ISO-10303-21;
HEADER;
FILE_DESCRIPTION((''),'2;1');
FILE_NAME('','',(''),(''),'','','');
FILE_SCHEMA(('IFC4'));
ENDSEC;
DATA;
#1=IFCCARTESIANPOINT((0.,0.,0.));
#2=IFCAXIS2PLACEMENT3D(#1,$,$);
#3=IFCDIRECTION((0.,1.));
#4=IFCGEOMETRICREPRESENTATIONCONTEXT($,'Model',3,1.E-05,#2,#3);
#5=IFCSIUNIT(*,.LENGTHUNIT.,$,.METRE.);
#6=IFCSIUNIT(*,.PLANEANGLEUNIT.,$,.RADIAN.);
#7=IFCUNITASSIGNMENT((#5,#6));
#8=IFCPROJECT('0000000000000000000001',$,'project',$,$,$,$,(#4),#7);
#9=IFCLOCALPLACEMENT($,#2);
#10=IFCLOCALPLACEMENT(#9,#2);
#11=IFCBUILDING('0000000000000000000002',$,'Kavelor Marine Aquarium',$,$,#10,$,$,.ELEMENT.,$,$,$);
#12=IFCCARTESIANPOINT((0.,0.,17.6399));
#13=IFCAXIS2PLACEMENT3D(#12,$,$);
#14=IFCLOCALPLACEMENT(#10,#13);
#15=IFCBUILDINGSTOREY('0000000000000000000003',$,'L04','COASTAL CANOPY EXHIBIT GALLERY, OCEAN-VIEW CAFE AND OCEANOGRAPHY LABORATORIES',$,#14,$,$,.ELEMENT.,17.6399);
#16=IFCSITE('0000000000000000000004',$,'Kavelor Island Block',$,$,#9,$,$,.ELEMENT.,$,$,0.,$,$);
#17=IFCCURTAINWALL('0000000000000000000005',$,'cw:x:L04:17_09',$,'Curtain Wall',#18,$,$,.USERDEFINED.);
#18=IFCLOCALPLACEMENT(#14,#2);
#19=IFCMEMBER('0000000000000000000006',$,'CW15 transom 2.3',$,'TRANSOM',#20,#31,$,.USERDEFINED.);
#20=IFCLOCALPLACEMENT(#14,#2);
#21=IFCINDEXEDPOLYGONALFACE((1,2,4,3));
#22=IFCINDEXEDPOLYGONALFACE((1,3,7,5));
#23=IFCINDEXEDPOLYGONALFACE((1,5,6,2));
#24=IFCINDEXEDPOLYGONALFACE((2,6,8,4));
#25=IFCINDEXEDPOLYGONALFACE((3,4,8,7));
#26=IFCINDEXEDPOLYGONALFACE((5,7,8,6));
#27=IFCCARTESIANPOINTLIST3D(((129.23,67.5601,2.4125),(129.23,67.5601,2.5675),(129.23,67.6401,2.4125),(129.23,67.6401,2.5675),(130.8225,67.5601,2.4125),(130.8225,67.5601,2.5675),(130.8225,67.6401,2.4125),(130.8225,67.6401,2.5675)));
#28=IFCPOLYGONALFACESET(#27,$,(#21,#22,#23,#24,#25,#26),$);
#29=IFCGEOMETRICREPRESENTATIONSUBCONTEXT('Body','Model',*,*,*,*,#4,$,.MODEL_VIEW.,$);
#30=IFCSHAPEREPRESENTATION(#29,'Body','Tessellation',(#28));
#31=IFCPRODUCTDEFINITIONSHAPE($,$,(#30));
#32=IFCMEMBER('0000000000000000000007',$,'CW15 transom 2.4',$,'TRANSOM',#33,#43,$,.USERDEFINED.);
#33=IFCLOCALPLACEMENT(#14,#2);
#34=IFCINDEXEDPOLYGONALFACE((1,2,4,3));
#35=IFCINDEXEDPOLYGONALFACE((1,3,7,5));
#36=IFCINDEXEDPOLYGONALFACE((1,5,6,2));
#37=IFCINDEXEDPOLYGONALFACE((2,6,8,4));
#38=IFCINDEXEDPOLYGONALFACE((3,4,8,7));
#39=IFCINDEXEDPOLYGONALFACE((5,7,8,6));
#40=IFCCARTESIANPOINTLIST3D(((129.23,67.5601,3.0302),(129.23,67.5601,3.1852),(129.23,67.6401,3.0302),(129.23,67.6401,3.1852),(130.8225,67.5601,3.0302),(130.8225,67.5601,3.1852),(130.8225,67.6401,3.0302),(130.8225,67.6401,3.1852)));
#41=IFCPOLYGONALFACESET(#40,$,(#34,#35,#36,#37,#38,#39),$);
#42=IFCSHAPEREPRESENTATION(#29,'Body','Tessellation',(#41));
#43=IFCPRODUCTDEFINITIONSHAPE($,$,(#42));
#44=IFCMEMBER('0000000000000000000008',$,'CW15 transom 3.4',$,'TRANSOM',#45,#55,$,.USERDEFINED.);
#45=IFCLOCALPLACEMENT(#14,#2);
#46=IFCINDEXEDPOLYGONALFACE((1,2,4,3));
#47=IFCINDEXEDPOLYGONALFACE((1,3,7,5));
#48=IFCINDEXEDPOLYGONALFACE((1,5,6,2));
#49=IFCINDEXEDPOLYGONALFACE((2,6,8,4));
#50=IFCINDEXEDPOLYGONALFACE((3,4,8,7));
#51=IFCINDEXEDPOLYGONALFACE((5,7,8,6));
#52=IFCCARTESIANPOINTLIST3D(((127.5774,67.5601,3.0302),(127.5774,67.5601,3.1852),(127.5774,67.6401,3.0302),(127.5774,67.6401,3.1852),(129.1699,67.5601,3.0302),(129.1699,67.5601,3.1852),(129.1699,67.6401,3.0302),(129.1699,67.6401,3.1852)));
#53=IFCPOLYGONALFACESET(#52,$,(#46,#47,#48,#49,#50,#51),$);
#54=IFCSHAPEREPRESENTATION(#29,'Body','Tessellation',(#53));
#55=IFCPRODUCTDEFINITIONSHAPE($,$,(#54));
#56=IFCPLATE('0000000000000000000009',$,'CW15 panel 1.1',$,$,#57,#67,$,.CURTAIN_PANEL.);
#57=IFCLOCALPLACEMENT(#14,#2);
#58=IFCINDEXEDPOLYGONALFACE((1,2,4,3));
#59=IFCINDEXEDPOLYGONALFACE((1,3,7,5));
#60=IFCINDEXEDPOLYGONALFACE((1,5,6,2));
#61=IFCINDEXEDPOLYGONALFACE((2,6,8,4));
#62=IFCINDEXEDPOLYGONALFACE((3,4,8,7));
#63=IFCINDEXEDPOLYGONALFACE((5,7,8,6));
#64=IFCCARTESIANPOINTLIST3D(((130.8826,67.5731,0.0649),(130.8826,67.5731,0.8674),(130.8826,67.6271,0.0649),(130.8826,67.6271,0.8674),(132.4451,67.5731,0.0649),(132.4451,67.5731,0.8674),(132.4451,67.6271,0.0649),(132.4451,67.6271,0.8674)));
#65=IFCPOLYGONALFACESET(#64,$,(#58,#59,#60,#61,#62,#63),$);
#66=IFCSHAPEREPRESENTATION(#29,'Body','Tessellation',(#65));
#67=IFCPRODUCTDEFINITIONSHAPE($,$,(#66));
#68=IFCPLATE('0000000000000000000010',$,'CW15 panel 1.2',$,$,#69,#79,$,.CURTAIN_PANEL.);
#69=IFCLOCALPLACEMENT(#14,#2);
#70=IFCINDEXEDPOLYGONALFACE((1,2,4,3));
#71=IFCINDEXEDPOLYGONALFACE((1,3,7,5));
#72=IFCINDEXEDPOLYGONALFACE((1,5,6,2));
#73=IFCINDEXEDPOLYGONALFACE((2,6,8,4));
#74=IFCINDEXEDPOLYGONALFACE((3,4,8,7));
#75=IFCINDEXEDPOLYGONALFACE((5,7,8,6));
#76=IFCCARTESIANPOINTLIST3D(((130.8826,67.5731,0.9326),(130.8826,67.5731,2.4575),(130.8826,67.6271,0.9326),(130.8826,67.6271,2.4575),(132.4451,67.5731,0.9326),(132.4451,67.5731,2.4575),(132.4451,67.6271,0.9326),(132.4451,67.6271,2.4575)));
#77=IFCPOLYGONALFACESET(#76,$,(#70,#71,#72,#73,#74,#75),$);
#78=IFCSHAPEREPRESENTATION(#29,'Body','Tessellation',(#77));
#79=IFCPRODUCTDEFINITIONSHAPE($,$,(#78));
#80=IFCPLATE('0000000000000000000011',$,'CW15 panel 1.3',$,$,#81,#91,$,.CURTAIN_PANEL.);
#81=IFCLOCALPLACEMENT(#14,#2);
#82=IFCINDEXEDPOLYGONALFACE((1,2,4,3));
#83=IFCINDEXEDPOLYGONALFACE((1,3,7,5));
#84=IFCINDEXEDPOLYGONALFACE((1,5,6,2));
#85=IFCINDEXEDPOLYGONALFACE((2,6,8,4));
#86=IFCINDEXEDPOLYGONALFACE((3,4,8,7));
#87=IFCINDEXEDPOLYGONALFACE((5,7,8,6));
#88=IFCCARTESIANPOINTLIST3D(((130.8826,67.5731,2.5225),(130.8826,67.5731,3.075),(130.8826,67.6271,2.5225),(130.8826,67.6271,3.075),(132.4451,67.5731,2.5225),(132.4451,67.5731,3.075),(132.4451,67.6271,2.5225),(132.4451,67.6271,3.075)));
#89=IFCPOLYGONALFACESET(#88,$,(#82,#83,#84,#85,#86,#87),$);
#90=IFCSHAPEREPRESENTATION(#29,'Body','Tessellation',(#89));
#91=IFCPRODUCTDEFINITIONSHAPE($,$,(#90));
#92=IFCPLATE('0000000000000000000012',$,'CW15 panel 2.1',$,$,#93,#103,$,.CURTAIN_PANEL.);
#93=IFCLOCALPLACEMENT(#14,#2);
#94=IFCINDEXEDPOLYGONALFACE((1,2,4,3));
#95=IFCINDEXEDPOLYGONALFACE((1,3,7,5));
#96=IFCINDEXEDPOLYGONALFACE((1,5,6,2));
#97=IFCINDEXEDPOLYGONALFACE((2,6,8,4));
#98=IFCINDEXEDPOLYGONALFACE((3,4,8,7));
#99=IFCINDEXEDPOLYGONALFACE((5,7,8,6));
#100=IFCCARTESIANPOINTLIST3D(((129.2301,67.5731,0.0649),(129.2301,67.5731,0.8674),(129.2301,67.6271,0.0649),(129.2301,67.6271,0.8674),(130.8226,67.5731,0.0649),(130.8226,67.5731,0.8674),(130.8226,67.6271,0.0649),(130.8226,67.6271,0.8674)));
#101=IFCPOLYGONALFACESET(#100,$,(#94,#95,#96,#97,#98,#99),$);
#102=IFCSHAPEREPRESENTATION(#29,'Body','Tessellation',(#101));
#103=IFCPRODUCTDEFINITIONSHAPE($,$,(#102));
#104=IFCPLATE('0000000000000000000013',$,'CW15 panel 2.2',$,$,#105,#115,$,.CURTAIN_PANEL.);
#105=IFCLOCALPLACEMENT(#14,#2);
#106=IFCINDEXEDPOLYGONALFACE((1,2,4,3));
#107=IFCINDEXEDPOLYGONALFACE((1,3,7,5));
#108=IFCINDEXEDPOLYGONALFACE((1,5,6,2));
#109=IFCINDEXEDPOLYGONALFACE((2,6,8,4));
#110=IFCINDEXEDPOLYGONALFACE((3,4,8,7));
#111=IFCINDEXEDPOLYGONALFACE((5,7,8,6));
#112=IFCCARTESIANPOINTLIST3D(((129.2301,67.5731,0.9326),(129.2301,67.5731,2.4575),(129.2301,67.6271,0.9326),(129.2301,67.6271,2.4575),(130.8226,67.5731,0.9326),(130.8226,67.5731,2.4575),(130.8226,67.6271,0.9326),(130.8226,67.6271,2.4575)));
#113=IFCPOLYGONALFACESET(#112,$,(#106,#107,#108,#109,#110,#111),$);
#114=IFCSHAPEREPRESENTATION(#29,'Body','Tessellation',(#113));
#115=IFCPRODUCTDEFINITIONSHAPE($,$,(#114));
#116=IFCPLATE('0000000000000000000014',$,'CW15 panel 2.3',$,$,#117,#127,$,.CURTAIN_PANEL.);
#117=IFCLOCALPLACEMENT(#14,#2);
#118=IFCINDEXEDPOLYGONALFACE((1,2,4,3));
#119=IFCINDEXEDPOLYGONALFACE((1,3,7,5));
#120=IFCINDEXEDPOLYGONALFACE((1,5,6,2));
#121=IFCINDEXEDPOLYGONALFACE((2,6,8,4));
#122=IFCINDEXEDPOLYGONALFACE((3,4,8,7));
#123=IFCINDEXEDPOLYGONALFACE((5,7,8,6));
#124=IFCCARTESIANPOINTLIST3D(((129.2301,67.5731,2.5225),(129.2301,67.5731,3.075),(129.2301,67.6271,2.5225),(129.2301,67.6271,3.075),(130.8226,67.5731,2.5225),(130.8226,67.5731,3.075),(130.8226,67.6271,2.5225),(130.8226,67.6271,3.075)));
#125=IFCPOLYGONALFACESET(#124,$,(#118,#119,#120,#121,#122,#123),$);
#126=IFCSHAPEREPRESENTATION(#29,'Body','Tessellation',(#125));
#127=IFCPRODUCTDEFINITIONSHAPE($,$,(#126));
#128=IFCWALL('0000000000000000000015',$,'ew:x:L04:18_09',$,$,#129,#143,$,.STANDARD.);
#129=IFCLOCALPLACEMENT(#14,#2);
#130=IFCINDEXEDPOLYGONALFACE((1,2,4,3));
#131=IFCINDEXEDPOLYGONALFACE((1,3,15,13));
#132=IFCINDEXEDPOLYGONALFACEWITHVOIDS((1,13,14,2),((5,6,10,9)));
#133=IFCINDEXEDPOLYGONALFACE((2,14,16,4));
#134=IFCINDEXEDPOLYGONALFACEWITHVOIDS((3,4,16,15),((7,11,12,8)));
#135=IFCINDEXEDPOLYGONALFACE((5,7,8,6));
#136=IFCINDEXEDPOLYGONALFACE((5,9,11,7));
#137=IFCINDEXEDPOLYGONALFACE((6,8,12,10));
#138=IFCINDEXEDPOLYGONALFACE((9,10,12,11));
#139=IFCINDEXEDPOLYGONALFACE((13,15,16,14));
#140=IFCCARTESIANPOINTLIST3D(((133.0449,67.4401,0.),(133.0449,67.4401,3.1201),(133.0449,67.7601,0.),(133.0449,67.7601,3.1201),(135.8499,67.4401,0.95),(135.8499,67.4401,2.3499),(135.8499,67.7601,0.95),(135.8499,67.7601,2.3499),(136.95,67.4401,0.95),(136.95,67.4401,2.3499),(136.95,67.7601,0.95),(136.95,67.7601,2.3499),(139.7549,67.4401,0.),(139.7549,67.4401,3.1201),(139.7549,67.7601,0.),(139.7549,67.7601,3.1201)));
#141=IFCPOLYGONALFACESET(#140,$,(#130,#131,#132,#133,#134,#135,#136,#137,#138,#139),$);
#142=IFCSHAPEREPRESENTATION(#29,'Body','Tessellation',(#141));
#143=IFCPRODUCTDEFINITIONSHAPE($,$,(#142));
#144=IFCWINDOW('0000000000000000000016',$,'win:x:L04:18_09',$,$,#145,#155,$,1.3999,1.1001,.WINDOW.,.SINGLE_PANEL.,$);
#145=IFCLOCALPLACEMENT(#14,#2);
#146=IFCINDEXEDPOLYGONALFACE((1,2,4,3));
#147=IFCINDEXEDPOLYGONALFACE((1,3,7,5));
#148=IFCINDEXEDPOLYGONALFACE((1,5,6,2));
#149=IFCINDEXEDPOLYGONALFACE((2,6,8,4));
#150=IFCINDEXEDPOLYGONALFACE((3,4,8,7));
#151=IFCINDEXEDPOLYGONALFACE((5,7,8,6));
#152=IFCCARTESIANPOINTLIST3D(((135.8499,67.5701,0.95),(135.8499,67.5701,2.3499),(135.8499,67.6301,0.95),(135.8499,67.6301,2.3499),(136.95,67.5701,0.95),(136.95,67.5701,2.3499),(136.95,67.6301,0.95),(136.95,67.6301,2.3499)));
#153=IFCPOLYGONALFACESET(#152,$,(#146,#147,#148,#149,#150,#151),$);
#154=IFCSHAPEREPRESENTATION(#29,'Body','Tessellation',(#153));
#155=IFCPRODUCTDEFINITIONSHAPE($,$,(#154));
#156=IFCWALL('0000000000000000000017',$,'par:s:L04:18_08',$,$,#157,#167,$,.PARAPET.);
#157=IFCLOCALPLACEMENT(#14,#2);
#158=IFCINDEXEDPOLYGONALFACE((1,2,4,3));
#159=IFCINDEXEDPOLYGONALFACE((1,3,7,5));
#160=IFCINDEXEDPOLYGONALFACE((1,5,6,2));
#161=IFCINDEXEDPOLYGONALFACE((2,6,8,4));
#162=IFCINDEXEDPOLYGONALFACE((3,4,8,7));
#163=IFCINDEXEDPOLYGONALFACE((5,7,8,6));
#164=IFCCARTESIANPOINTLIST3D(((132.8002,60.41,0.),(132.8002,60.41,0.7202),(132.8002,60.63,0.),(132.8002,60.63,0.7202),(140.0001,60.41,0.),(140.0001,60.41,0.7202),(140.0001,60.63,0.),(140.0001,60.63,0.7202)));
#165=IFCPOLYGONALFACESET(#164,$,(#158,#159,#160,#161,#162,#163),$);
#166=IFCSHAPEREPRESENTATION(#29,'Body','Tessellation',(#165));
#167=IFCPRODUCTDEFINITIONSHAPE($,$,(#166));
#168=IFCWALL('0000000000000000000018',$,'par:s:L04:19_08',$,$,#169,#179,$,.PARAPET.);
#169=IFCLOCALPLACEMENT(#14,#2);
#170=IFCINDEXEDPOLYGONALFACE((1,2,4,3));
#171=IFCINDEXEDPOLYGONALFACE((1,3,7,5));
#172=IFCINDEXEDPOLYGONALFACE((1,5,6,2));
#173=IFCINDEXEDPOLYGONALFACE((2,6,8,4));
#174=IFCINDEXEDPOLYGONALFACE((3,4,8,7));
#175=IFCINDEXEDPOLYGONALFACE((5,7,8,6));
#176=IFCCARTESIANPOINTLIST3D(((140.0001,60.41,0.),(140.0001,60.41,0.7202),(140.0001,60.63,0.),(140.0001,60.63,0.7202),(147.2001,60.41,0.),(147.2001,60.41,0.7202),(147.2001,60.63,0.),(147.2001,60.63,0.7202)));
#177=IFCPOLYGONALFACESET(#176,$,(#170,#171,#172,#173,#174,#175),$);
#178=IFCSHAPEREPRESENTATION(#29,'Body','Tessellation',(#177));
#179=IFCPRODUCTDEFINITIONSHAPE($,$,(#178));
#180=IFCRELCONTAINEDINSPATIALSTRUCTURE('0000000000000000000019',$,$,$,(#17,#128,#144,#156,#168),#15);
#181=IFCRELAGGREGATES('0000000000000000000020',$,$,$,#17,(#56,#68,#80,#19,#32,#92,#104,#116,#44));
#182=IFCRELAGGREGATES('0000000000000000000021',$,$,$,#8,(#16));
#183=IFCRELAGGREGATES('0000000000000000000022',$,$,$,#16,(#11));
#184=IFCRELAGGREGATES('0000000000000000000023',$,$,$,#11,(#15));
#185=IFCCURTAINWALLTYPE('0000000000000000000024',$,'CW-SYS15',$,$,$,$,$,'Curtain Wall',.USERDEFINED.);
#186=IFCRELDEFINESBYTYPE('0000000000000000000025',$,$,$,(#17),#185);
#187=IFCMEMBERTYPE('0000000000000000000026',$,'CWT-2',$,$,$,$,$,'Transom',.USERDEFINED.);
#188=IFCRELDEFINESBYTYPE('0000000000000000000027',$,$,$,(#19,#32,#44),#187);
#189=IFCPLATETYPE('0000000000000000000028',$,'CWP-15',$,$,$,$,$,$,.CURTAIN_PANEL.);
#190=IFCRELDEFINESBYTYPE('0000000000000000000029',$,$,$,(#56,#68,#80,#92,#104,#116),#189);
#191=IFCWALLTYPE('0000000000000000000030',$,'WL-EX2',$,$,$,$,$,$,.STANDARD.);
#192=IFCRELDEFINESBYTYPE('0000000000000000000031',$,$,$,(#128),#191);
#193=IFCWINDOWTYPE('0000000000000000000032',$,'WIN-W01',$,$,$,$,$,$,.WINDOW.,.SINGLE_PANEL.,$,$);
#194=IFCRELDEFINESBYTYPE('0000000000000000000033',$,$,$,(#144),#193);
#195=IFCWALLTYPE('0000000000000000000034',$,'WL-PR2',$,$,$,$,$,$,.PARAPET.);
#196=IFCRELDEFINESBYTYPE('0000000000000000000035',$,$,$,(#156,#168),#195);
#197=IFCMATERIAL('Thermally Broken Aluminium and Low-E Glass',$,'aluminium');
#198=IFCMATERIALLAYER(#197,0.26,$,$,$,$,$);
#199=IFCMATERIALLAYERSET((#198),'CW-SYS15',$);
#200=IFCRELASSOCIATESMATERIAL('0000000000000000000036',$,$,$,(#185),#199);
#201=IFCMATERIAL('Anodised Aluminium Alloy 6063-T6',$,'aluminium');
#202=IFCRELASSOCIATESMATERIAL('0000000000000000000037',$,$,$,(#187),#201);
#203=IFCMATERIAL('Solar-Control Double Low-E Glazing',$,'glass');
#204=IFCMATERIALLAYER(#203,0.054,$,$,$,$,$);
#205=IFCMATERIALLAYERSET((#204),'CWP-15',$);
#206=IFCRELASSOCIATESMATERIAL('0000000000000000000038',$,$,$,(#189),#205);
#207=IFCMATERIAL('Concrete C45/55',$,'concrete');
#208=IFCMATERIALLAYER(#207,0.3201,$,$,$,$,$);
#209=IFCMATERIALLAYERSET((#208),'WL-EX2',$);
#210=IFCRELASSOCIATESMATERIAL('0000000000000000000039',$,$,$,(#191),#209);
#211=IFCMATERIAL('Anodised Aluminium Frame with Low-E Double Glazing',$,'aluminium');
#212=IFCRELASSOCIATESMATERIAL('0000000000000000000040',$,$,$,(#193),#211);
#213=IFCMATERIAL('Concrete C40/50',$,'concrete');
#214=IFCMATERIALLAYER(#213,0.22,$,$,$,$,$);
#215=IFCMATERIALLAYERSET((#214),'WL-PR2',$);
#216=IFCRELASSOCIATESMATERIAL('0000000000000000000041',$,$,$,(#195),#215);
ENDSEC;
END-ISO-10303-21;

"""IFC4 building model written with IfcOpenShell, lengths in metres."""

from ifc_helpers import new_model, si_unit, direction, frame, frame_2d, origin, origin_2d, place, context, subcontext, project, spatial, rectangle, extrude, material, layer, layer_set, material_profile, profile_set, type_object, element, fill, aggregate, save


model = new_model("IFC4")

# Units and contexts
model_context = context("Model", 3, precision=1e-05, world=origin(), true_north=direction((0.0, 1.0)))
body_context = subcontext(model_context, "Body", "Model", "MODEL_VIEW")
ifc_project = project(units=[si_unit("LENGTHUNIT", "METRE"), si_unit("PLANEANGLEUNIT", "RADIAN")], contexts=[model_context])

# Site, building, storey
site_placement = place(None, origin())
site = spatial("IfcSite", under=ifc_project, at=site_placement, Name="Kavelor Island Block", CompositionType="ELEMENT", RefElevation=0.0)
building_placement = place(site_placement, origin())
building = spatial("IfcBuilding", under=site, at=building_placement, Name="Kavelor Marine Aquarium", CompositionType="ELEMENT")
storey_placement = place(building_placement, frame((0.0, 0.0, 17.6399)))
storey = spatial("IfcBuildingStorey", under=building, at=storey_placement, Name="L04", Description="COASTAL CANOPY EXHIBIT GALLERY, OCEAN-VIEW CAFE AND OCEANOGRAPHY LABORATORIES", CompositionType="ELEMENT", Elevation=17.6399)

# Curtain wall, members, plates
ifc_material_1 = material(Name="Thermally Broken Aluminium and Low-E Glass", Category="aluminium")
ifc_layer_1 = layer(ifc_material_1, 0.26)
ifc_layer_set_1 = layer_set([ifc_layer_1], Name="CW-SYS15")
curtain_wall_type = type_object("IfcCurtainWallType", Name="CW-SYS15", ElementType="Curtain Wall", PredefinedType="USERDEFINED", material=ifc_layer_set_1)
curtain_wall_placement = place(storey_placement, origin())
curtain_wall = element("IfcCurtainWall", 1, at=curtain_wall_placement, inside=storey, type_object=curtain_wall_type, Name="cw:x:L04:17_09", ObjectType="Curtain Wall", PredefinedType="USERDEFINED")
ifc_material_2 = material(Name="Anodised Aluminium Alloy 6063-T6", Category="aluminium")
ifc_material_profile_1 = material_profile(ifc_material_2, rectangle(XDim=0.0801, YDim=0.155, at=origin_2d()), Name="CW-TRN 80x155")
ifc_profile_set_1 = profile_set([ifc_material_profile_1], Name="Anodised Aluminium Alloy 6063-T6")
member_type_1 = type_object("IfcMemberType", Name="CWT-2", ElementType="Transom", PredefinedType="USERDEFINED", material=ifc_profile_set_1)
member_1_placement = place(storey_placement, frame((130.8225, 67.6001, 2.49), z_axis=(-1.0, 0.0, 0.0), x_axis=(0.0, -1.0, 0.0)))
member_1 = element("IfcMember", 2, at=member_1_placement, type_object=member_type_1, Name="CW15 transom 2.3", ObjectType="TRANSOM", PredefinedType="USERDEFINED", context=body_context, shape_type="SweptSolid", body=[
    extrude(rectangle(XDim=0.0801, YDim=0.155, at=origin_2d()), origin(), (0.0, 0.0, 1.0), 1.5925),
])
member_2_placement = place(storey_placement, frame((130.8225, 67.6001, 3.1077), z_axis=(-1.0, 0.0, 0.0), x_axis=(0.0, -1.0, 0.0)))
member_2 = element("IfcMember", 3, at=member_2_placement, type_object=member_type_1, Name="CW15 transom 2.4", ObjectType="TRANSOM", PredefinedType="USERDEFINED", context=body_context, shape_type="SweptSolid", body=[
    extrude(rectangle(XDim=0.0801, YDim=0.155, at=origin_2d()), origin(), (0.0, 0.0, 1.0), 1.5925),
])
member_3_placement = place(storey_placement, frame((129.1699, 67.6001, 3.1077), z_axis=(-1.0, 0.0, 0.0), x_axis=(0.0, -1.0, 0.0)))
member_3 = element("IfcMember", 4, at=member_3_placement, type_object=member_type_1, Name="CW15 transom 3.4", ObjectType="TRANSOM", PredefinedType="USERDEFINED", context=body_context, shape_type="SweptSolid", body=[
    extrude(rectangle(XDim=0.0801, YDim=0.155, at=origin_2d()), origin(), (0.0, 0.0, 1.0), 1.5925),
])
ifc_material_3 = material(Name="Solar-Control Double Low-E Glazing", Category="glass")
ifc_layer_2 = layer(ifc_material_3, 0.054)
ifc_layer_set_2 = layer_set([ifc_layer_2], Name="CWP-15")
plate_type = type_object("IfcPlateType", Name="CWP-15", PredefinedType="CURTAIN_PANEL", material=ifc_layer_set_2)
plate_1_placement = place(storey_placement, frame((131.6638, 67.6001, 0.0649), z_axis=(0.0, 0.0, 1.0), x_axis=(-1.0, 0.0, 0.0)))
plate_1 = element("IfcPlate", 5, at=plate_1_placement, type_object=plate_type, Name="CW15 panel 1.1", PredefinedType="CURTAIN_PANEL", context=body_context, shape_type="SweptSolid", body=[
    extrude(rectangle(XDim=1.5625, YDim=0.054, at=origin_2d()), origin(), (0.0, 0.0, 1.0), 0.8025),
])
plate_2_placement = place(storey_placement, frame((131.6638, 67.6001, 0.9326), z_axis=(0.0, 0.0, 1.0), x_axis=(-1.0, 0.0, 0.0)))
plate_2 = element("IfcPlate", 6, at=plate_2_placement, type_object=plate_type, Name="CW15 panel 1.2", PredefinedType="CURTAIN_PANEL", context=body_context, shape_type="SweptSolid", body=[
    extrude(rectangle(XDim=1.5625, YDim=0.054, at=origin_2d()), origin(), (0.0, 0.0, 1.0), 1.5249),
])
plate_3_placement = place(storey_placement, frame((131.6638, 67.6001, 2.5225), z_axis=(0.0, 0.0, 1.0), x_axis=(-1.0, 0.0, 0.0)))
plate_3 = element("IfcPlate", 7, at=plate_3_placement, type_object=plate_type, Name="CW15 panel 1.3", PredefinedType="CURTAIN_PANEL", context=body_context, shape_type="SweptSolid", body=[
    extrude(rectangle(XDim=1.5625, YDim=0.054, at=origin_2d()), origin(), (0.0, 0.0, 1.0), 0.5525),
])
plate_4_placement = place(storey_placement, frame((130.0264, 67.6001, 0.0649), z_axis=(0.0, 0.0, 1.0), x_axis=(-1.0, 0.0, 0.0)))
plate_4 = element("IfcPlate", 8, at=plate_4_placement, type_object=plate_type, Name="CW15 panel 2.1", PredefinedType="CURTAIN_PANEL", context=body_context, shape_type="SweptSolid", body=[
    extrude(rectangle(XDim=1.5925, YDim=0.054, at=origin_2d()), origin(), (0.0, 0.0, 1.0), 0.8025),
])
plate_5_placement = place(storey_placement, frame((130.0264, 67.6001, 0.9326), z_axis=(0.0, 0.0, 1.0), x_axis=(-1.0, 0.0, 0.0)))
plate_5 = element("IfcPlate", 9, at=plate_5_placement, type_object=plate_type, Name="CW15 panel 2.2", PredefinedType="CURTAIN_PANEL", context=body_context, shape_type="SweptSolid", body=[
    extrude(rectangle(XDim=1.5925, YDim=0.054, at=origin_2d()), origin(), (0.0, 0.0, 1.0), 1.5249),
])
plate_6_placement = place(storey_placement, frame((130.0264, 67.6001, 2.5225), z_axis=(0.0, 0.0, 1.0), x_axis=(-1.0, 0.0, 0.0)))
plate_6 = element("IfcPlate", 10, at=plate_6_placement, type_object=plate_type, Name="CW15 panel 2.3", PredefinedType="CURTAIN_PANEL", context=body_context, shape_type="SweptSolid", body=[
    extrude(rectangle(XDim=1.5925, YDim=0.054, at=origin_2d()), origin(), (0.0, 0.0, 1.0), 0.5525),
])
aggregate(curtain_wall, [plate_1, plate_2, plate_3, member_1, member_2, plate_4, plate_5, plate_6, member_3])

# Wall, opening, window
ifc_material_4 = material(Name="Concrete C45/55", Category="concrete")
ifc_layer_3 = layer(ifc_material_4, 0.3201)
ifc_layer_set_3 = layer_set([ifc_layer_3], Name="WL-EX2")
wall_type_1 = type_object("IfcWallType", Name="WL-EX2", PredefinedType="STANDARD", material=ifc_layer_set_3)
wall_1_placement = place(storey_placement, frame((139.7549, 67.6001, 0.0), z_axis=(0.0, 0.0, 1.0), x_axis=(-1.0, 0.0, 0.0)))
wall_1 = element("IfcWall", 11, at=wall_1_placement, inside=storey, type_object=wall_type_1, Name="ew:x:L04:18_09", PredefinedType="STANDARD", context=body_context, shape_type="SweptSolid", body=[
    extrude(rectangle(XDim=6.71, YDim=0.3201, at=frame_2d((3.355, 0.0))), origin(), (0.0, 0.0, 1.0), 3.1201),
])
opening_1_placement = place(wall_1_placement, frame((2.8049, 0.0, 0.95)))
opening_1 = element("IfcOpeningElement", 12, at=opening_1_placement, cuts=wall_1, PredefinedType="OPENING", context=body_context, shape_type="SweptSolid", body=[
    extrude(rectangle(XDim=1.1001, YDim=1.3999, at=frame_2d((0.55, 0.7))), frame((0.0, 0.1699, 0.0), z_axis=(0.0, -1.0, 0.0), x_axis=(1.0, 0.0, 0.0)), (0.0, 0.0, 1.0), 0.3401),
])
ifc_material_5 = material(Name="Anodised Aluminium Frame with Low-E Double Glazing", Category="aluminium")
window_type = type_object("IfcWindowType", Name="WIN-W01", PartitioningType="SINGLE_PANEL", PredefinedType="WINDOW", material=ifc_material_5)
window_placement = place(opening_1_placement, origin())
window = element("IfcWindow", 13, at=window_placement, inside=storey, type_object=window_type, Name="win:x:L04:18_09", OverallHeight=1.3999, OverallWidth=1.1001, PartitioningType="SINGLE_PANEL", PredefinedType="WINDOW", context=body_context, shape_type="SweptSolid", body=[
    extrude(rectangle(XDim=1.1001, YDim=1.3999, at=frame_2d((0.55, 0.7))), frame((0.0, 0.03, 0.0), z_axis=(0.0, -1.0, 0.0), x_axis=(1.0, 0.0, 0.0)), (0.0, 0.0, 1.0), 0.0601),
])
fill(opening_1, window)

# Walls
ifc_material_6 = material(Name="Concrete C40/50", Category="concrete")
ifc_layer_4 = layer(ifc_material_6, 0.22)
ifc_layer_set_4 = layer_set([ifc_layer_4], Name="WL-PR2")
wall_type_2 = type_object("IfcWallType", Name="WL-PR2", PredefinedType="PARAPET", material=ifc_layer_set_4)
for number, where, z_axis, x_axis, name in (
    (14, (132.8, 60.52, 0.0), (0.0, 0.0, 1.0), (1.0, 0.0, 0.0), "par:s:L04:18_08"),
    (15, (140.0, 60.52, 0.0), (0.0, 0.0, 1.0), (1.0, 0.0, 0.0), "par:s:L04:19_08"),
):
    element("IfcWall", number, at=place(storey_placement, frame(where, z_axis=z_axis, x_axis=x_axis)), inside=storey, type_object=wall_type_2, Name=name, PredefinedType="PARAPET", context=body_context, shape_type="SweptSolid", body=[
        extrude(rectangle(XDim=7.2, YDim=0.22, at=frame_2d((3.6001, 0.0))), origin(), (0.0, 0.0, 1.0), 0.7202),
    ])

save(model, "model.ifc")
